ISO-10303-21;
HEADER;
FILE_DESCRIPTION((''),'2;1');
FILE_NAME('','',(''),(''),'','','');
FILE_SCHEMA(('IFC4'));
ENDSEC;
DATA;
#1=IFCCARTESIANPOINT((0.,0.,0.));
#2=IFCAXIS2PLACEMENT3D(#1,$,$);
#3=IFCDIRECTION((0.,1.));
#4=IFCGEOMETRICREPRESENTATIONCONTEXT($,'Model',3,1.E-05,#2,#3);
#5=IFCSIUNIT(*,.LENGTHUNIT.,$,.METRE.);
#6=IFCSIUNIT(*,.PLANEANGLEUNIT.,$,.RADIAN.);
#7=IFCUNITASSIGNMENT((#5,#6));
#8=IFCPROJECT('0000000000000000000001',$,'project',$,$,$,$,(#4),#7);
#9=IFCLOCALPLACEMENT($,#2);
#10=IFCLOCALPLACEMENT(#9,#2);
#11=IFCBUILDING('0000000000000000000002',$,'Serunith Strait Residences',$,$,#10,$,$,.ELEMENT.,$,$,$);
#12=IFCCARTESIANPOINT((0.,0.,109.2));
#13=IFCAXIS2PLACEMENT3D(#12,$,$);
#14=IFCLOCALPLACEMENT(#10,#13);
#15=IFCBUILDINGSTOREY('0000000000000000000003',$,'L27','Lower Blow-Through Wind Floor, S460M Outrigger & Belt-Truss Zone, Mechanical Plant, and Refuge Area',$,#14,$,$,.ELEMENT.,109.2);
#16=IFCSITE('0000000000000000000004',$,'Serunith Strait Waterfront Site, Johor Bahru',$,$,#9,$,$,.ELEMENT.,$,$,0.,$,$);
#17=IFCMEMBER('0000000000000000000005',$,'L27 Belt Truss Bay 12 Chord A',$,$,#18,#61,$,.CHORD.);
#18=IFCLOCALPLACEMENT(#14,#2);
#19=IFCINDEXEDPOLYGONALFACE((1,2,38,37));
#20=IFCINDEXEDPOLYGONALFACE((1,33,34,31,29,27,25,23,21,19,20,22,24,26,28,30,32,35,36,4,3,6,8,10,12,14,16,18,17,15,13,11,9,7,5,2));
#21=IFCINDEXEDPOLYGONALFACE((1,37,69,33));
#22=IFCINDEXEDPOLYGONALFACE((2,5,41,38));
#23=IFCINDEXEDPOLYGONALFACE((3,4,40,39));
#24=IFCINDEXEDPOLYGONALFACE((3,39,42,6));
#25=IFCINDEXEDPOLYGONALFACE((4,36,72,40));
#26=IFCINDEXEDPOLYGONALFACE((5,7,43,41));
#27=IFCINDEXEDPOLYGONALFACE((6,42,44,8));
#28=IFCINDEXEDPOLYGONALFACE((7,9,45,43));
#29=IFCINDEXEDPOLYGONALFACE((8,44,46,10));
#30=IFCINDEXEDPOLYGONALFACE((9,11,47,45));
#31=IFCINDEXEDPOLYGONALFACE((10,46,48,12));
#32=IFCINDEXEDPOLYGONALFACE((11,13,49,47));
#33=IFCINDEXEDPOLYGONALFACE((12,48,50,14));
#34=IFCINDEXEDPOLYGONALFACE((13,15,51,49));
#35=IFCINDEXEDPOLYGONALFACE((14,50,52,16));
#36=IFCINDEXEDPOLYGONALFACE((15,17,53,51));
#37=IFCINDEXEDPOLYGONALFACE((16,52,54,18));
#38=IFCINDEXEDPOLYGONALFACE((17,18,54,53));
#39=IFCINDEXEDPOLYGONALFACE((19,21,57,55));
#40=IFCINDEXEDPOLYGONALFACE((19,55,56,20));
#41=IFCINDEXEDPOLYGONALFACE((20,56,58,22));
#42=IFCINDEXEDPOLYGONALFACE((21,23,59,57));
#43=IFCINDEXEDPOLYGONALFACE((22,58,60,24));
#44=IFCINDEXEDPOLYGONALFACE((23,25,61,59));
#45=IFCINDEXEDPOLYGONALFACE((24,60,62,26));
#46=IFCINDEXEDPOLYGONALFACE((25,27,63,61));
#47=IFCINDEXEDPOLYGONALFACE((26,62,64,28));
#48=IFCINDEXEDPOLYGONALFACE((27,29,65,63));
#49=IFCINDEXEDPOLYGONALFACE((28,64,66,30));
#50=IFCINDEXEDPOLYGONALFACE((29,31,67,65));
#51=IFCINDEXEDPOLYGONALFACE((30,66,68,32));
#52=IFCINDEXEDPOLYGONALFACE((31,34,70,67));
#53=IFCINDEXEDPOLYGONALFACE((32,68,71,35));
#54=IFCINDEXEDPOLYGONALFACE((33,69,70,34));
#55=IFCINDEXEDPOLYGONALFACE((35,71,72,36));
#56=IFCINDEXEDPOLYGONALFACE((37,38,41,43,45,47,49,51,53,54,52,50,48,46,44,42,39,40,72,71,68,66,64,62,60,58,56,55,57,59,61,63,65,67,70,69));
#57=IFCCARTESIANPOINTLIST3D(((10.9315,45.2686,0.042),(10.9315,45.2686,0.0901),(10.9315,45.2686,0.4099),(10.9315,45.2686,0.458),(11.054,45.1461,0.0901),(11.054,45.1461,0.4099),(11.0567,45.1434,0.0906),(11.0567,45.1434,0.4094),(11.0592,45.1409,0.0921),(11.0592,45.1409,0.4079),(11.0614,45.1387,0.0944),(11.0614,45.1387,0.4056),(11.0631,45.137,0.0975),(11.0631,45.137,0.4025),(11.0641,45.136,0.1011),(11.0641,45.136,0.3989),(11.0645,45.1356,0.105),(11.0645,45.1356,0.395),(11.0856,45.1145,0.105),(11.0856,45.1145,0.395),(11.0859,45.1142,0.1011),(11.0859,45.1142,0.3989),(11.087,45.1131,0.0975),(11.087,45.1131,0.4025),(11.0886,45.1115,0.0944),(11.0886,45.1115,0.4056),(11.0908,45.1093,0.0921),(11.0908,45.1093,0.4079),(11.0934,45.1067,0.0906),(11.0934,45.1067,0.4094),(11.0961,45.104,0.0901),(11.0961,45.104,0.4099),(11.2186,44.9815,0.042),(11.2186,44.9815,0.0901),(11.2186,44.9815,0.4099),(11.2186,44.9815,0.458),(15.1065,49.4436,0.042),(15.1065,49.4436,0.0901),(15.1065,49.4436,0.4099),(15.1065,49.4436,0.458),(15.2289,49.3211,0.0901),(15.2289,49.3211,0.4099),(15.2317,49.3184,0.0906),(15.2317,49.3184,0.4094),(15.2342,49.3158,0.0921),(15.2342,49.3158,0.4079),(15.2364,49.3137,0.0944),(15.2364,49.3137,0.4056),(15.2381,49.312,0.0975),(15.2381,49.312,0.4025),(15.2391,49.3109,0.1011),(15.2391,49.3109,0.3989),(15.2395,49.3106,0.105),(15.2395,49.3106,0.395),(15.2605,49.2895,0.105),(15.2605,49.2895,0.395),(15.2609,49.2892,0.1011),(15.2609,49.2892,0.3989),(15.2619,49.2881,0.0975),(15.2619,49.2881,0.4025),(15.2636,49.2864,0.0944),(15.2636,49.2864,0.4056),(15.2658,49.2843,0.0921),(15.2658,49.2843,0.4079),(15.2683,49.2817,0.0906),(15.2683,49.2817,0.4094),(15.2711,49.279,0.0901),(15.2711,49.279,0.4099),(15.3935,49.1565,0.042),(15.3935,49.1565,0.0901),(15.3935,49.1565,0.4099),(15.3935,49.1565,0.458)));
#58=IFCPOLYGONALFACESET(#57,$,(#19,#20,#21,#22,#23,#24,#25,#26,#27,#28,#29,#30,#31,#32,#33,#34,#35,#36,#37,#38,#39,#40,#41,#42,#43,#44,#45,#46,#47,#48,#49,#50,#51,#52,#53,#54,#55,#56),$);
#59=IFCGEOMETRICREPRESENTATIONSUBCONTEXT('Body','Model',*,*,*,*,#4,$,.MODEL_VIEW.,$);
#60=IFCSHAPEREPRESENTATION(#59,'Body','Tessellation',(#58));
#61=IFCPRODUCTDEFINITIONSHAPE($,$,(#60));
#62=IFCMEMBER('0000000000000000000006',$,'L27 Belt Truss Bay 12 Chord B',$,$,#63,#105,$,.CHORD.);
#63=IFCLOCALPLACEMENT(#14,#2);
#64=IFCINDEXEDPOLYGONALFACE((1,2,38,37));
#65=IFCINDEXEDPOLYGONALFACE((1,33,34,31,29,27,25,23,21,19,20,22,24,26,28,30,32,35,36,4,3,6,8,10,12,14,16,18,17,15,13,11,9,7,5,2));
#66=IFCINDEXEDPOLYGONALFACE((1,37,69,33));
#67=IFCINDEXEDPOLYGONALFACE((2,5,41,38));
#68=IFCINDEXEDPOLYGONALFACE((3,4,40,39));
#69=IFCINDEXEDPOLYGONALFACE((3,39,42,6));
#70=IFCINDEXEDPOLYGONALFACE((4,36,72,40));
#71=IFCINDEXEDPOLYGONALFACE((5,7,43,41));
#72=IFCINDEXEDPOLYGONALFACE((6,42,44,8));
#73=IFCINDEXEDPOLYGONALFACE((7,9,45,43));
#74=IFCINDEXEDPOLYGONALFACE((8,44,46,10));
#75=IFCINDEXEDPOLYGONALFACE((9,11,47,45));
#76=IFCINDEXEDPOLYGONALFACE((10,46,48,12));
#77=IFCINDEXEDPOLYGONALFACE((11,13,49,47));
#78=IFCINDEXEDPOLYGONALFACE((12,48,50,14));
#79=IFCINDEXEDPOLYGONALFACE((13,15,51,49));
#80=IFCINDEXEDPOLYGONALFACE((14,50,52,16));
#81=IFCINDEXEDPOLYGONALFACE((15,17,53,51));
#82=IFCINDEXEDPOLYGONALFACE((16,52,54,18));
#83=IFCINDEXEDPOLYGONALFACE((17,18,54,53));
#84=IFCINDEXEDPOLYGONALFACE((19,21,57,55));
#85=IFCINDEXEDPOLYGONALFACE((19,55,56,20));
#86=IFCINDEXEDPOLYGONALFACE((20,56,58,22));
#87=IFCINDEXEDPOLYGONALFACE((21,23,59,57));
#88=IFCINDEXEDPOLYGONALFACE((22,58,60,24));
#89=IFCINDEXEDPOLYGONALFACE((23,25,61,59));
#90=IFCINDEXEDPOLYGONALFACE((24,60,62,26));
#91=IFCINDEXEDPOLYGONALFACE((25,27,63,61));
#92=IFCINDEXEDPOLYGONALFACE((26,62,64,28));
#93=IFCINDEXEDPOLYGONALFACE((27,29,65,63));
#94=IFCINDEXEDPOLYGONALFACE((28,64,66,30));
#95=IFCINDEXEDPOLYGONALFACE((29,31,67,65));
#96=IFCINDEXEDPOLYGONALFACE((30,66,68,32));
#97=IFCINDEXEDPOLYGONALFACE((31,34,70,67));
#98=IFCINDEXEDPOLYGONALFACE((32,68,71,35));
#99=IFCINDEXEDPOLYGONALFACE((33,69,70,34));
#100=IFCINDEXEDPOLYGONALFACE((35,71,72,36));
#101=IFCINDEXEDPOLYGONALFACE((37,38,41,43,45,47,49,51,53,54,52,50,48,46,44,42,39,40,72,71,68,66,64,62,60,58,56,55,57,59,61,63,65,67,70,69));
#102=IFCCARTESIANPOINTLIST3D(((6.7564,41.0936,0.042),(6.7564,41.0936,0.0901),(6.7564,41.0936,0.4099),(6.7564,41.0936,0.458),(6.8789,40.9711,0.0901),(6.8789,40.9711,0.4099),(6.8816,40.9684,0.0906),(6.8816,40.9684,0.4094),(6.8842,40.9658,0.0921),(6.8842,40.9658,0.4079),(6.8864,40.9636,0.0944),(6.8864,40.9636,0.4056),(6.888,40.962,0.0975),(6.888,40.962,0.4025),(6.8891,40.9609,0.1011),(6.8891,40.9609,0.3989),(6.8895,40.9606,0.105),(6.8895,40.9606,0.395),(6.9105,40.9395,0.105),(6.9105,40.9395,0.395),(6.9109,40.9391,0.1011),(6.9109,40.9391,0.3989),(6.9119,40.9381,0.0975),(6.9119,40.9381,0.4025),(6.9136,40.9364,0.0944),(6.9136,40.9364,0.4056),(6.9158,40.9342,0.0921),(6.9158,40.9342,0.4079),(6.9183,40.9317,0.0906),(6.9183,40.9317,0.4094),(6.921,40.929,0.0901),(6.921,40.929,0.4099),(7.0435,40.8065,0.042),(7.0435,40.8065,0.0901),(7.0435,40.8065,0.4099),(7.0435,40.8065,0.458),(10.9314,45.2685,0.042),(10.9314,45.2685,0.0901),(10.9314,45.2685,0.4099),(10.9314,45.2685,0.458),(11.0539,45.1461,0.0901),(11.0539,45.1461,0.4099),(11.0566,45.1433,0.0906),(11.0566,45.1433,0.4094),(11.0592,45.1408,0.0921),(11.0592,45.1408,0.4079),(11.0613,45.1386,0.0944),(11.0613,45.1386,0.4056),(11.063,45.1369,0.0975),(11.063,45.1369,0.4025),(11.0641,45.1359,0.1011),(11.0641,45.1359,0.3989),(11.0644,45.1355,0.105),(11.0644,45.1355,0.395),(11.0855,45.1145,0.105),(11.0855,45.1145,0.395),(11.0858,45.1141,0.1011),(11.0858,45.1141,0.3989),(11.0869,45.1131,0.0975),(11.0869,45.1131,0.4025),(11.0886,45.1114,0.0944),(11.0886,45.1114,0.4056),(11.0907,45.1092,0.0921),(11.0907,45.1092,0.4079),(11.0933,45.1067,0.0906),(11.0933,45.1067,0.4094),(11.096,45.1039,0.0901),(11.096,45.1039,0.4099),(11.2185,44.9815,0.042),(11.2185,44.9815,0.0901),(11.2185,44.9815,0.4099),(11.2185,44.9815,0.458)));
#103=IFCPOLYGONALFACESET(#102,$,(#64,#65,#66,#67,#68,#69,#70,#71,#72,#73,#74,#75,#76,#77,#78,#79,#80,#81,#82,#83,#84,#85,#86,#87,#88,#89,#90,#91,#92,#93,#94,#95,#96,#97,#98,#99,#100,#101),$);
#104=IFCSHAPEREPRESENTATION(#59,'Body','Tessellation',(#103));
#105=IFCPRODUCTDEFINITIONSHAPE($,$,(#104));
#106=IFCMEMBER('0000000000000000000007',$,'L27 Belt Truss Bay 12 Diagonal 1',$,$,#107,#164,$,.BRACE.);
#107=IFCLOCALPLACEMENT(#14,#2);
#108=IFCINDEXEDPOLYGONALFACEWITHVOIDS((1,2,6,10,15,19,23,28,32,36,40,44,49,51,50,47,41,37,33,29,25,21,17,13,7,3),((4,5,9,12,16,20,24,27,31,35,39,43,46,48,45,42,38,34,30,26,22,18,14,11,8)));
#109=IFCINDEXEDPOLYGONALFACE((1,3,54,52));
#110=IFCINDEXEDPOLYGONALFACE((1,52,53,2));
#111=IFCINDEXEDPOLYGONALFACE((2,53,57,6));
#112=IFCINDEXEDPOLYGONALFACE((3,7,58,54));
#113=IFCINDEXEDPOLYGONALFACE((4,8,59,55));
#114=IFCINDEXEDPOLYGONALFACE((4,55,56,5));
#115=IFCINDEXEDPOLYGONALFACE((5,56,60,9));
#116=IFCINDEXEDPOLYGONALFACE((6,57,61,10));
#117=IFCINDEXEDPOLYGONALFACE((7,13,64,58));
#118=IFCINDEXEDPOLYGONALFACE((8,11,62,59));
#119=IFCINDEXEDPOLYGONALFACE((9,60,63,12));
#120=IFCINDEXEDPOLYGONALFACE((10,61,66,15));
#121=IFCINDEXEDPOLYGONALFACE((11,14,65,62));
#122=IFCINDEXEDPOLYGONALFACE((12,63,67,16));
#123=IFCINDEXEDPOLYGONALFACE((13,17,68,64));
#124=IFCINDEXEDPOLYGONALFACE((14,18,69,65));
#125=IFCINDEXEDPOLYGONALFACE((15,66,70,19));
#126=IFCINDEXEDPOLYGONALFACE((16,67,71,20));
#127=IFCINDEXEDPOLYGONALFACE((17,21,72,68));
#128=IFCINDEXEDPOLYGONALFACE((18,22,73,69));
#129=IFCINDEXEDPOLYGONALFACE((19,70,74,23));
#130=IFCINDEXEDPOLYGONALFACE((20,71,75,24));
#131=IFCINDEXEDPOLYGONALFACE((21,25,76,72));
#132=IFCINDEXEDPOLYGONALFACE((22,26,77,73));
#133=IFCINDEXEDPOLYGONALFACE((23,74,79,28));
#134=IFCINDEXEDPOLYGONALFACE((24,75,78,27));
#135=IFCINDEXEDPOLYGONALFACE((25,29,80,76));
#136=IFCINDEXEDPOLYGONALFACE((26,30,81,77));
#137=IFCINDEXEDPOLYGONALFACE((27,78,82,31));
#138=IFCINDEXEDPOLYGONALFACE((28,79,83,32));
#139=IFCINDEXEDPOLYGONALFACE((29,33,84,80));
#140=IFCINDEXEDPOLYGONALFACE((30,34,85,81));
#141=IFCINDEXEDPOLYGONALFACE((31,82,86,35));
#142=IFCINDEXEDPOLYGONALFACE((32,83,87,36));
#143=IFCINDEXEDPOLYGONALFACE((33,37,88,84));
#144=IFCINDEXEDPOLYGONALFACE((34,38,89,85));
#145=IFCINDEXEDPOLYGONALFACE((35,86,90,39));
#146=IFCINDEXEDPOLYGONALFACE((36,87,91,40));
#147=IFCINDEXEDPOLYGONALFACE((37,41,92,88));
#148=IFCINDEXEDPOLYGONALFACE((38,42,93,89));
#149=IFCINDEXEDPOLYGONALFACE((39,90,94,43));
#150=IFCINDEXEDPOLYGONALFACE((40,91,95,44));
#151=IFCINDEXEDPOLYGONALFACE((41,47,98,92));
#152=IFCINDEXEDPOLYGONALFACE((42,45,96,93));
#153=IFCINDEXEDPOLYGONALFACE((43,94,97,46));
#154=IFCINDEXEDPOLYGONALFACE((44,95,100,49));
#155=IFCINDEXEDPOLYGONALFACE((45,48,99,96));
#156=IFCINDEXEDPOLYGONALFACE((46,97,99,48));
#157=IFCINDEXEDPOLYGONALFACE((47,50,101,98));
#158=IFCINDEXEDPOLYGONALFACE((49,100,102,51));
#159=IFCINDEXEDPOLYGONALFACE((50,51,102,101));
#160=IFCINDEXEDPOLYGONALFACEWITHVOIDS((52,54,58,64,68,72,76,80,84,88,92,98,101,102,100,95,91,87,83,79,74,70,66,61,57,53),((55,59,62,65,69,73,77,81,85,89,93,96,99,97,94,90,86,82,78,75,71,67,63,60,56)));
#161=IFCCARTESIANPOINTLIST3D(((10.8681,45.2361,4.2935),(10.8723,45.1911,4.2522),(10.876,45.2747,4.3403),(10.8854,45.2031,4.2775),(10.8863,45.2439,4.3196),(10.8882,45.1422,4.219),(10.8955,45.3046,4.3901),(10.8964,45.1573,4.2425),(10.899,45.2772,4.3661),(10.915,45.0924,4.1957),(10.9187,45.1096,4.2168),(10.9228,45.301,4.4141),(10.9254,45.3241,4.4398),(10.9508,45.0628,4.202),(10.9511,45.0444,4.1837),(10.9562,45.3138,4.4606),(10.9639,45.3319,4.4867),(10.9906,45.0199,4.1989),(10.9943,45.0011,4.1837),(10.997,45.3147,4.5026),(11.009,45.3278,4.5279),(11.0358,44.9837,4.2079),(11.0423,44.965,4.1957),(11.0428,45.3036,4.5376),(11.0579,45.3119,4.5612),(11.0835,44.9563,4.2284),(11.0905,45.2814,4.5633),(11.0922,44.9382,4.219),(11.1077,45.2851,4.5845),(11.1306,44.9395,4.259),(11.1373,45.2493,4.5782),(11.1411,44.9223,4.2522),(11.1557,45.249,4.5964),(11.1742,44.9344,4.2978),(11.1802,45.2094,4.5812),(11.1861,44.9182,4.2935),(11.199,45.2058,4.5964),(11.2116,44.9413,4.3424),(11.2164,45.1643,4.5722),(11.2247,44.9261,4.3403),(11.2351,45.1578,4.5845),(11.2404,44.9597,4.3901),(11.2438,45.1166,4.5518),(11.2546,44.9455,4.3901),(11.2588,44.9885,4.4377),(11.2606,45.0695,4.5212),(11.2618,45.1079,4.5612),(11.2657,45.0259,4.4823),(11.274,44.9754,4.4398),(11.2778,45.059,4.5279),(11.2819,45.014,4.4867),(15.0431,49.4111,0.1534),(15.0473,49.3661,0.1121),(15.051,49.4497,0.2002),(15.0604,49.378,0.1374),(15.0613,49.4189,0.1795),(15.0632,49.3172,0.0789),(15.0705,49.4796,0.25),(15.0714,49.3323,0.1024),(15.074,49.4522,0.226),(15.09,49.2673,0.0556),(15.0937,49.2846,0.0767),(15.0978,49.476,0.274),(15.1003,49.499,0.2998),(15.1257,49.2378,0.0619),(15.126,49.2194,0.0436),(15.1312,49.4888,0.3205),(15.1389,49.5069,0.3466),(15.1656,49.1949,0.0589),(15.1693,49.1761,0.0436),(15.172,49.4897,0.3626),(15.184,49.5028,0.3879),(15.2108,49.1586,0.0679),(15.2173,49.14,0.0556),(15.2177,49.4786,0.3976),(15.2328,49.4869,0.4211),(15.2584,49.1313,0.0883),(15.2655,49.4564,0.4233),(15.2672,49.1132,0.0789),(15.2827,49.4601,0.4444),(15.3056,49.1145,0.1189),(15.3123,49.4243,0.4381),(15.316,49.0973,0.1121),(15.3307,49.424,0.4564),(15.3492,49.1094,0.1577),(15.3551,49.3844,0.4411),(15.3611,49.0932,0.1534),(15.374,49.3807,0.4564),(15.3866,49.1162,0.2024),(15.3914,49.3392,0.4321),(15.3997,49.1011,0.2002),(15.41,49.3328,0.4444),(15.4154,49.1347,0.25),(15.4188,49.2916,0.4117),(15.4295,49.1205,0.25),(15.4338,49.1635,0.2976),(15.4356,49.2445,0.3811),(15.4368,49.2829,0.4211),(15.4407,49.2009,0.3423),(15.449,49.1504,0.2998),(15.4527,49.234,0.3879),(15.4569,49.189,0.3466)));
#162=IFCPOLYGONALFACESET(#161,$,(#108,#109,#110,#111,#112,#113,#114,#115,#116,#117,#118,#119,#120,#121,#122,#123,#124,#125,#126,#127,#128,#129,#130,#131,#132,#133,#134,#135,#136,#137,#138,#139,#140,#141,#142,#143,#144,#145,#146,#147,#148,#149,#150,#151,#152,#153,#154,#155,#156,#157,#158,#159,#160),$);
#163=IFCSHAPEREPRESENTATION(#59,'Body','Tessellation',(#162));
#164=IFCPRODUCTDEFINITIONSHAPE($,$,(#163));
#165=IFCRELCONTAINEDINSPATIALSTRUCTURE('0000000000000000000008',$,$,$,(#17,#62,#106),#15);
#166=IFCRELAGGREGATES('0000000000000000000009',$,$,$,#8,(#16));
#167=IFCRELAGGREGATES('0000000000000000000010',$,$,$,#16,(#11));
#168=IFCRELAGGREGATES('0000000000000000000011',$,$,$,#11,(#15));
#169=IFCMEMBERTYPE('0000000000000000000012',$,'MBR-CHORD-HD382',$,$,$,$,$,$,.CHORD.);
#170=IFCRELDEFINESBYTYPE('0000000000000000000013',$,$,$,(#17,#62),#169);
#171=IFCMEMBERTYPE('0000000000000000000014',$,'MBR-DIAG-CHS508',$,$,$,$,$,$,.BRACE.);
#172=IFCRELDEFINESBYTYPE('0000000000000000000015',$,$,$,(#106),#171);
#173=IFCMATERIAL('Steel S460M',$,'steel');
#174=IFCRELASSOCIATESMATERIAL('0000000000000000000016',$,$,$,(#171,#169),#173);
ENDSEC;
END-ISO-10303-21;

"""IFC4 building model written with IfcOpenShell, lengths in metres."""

from ifc_helpers import new_model, si_unit, direction, frame, origin, origin_2d, place, context, subcontext, project, spatial, hollow_circle, i_section, extrude, source, transform, mapped, material, material_profile, profile_set, type_object, element, save


model = new_model("IFC4")

# Units and contexts
model_context = context("Model", 3, precision=1e-05, world=origin(), true_north=direction((0.0, 1.0)))
body_context = subcontext(model_context, "Body", "Model", "MODEL_VIEW")
ifc_project = project(units=[si_unit("LENGTHUNIT", "METRE"), si_unit("PLANEANGLEUNIT", "RADIAN")], contexts=[model_context])

# Site, building, storey
site_placement = place(None, origin())
site = spatial("IfcSite", under=ifc_project, at=site_placement, Name="Serunith Strait Waterfront Site, Johor Bahru", CompositionType="ELEMENT", RefElevation=0.0)
building_placement = place(site_placement, origin())
building = spatial("IfcBuilding", under=site, at=building_placement, Name="Serunith Strait Residences", CompositionType="ELEMENT")
storey_placement = place(building_placement, frame((0.0, 0.0, 109.2)))
storey = spatial("IfcBuildingStorey", under=building, at=storey_placement, Name="L27", Description="Lower Blow-Through Wind Floor, S460M Outrigger & Belt-Truss Zone, Mechanical Plant, and Refuge Area", CompositionType="ELEMENT", Elevation=109.2)

# Members
ifc_material_1 = material(Name="Steel S460M", Category="steel")
ifc_material_profile_1 = material_profile(ifc_material_1, hollow_circle(Radius=0.2539, WallThickness=0.02, at=origin_2d()), Name="CHS 508x20")
ifc_profile_set_1 = profile_set([ifc_material_profile_1], Name="Steel S460M")
member_type_1 = type_object("IfcMemberType", Name="MBR-DIAG-CHS508", PredefinedType="BRACE", material=ifc_profile_set_1)
ifc_material_profile_2 = material_profile(ifc_material_1, i_section(OverallWidth=0.406, OverallDepth=0.416, WebThickness=0.0298, FlangeThickness=0.0481, FilletRadius=0.0149, at=origin_2d()), Name="HD 400x382")
ifc_profile_set_2 = profile_set([ifc_material_profile_2], Name="Steel S460M")
member_type_2 = type_object("IfcMemberType", Name="MBR-CHORD-HD382", PredefinedType="CHORD", material=ifc_profile_set_2)
shared_shape_1 = source(origin(), body_context, "Body", "SweptSolid", [
    extrude(i_section(OverallWidth=0.406, OverallDepth=0.416, WebThickness=0.0298, FlangeThickness=0.0481, FilletRadius=0.0149, at=origin_2d()), origin(), (0.0, 0.0, 1.0), 5.9043),
])
for number, where, z_axis, x_axis, name in (
    (1, (15.25, 49.3, 0.25), (-0.707107, -0.707107, 0.0), (0.707107, -0.707107, 0.0), "L27 Belt Truss Bay 12 Chord A"),
    (2, (11.075, 45.125, 0.25), (-0.707107, -0.707107, 0.0), (0.707107, -0.707107, 0.0), "L27 Belt Truss Bay 12 Chord B"),
):
    element("IfcMember", number, at=place(storey_placement, frame(where, z_axis=z_axis, x_axis=x_axis)), inside=storey, type_object=member_type_2, Name=name, PredefinedType="CHORD", context=body_context, shape_type="MappedRepresentation", body=[
        mapped(shared_shape_1, transform((0.0, 0.0, 0.0), scale=1.0)),
    ])
shared_shape_2 = source(origin(), body_context, "Body", "SweptSolid", [
    extrude(hollow_circle(Radius=0.2539, WallThickness=0.02, at=origin_2d()), origin(), (0.0, 0.0, 1.0), 7.2112),
])
for number, where, z_axis, x_axis, name in (
    (3, (15.25, 49.3, 0.25), (-0.57896, -0.57896, 0.574118), (0.707107, -0.707107, 0.0), "L27 Belt Truss Bay 12 Diagonal 1"),
):
    element("IfcMember", number, at=place(storey_placement, frame(where, z_axis=z_axis, x_axis=x_axis)), inside=storey, type_object=member_type_1, Name=name, PredefinedType="BRACE", context=body_context, shape_type="MappedRepresentation", body=[
        mapped(shared_shape_2, transform((0.0, 0.0, 0.0), scale=1.0)),
    ])

save(model, "model.ifc")
